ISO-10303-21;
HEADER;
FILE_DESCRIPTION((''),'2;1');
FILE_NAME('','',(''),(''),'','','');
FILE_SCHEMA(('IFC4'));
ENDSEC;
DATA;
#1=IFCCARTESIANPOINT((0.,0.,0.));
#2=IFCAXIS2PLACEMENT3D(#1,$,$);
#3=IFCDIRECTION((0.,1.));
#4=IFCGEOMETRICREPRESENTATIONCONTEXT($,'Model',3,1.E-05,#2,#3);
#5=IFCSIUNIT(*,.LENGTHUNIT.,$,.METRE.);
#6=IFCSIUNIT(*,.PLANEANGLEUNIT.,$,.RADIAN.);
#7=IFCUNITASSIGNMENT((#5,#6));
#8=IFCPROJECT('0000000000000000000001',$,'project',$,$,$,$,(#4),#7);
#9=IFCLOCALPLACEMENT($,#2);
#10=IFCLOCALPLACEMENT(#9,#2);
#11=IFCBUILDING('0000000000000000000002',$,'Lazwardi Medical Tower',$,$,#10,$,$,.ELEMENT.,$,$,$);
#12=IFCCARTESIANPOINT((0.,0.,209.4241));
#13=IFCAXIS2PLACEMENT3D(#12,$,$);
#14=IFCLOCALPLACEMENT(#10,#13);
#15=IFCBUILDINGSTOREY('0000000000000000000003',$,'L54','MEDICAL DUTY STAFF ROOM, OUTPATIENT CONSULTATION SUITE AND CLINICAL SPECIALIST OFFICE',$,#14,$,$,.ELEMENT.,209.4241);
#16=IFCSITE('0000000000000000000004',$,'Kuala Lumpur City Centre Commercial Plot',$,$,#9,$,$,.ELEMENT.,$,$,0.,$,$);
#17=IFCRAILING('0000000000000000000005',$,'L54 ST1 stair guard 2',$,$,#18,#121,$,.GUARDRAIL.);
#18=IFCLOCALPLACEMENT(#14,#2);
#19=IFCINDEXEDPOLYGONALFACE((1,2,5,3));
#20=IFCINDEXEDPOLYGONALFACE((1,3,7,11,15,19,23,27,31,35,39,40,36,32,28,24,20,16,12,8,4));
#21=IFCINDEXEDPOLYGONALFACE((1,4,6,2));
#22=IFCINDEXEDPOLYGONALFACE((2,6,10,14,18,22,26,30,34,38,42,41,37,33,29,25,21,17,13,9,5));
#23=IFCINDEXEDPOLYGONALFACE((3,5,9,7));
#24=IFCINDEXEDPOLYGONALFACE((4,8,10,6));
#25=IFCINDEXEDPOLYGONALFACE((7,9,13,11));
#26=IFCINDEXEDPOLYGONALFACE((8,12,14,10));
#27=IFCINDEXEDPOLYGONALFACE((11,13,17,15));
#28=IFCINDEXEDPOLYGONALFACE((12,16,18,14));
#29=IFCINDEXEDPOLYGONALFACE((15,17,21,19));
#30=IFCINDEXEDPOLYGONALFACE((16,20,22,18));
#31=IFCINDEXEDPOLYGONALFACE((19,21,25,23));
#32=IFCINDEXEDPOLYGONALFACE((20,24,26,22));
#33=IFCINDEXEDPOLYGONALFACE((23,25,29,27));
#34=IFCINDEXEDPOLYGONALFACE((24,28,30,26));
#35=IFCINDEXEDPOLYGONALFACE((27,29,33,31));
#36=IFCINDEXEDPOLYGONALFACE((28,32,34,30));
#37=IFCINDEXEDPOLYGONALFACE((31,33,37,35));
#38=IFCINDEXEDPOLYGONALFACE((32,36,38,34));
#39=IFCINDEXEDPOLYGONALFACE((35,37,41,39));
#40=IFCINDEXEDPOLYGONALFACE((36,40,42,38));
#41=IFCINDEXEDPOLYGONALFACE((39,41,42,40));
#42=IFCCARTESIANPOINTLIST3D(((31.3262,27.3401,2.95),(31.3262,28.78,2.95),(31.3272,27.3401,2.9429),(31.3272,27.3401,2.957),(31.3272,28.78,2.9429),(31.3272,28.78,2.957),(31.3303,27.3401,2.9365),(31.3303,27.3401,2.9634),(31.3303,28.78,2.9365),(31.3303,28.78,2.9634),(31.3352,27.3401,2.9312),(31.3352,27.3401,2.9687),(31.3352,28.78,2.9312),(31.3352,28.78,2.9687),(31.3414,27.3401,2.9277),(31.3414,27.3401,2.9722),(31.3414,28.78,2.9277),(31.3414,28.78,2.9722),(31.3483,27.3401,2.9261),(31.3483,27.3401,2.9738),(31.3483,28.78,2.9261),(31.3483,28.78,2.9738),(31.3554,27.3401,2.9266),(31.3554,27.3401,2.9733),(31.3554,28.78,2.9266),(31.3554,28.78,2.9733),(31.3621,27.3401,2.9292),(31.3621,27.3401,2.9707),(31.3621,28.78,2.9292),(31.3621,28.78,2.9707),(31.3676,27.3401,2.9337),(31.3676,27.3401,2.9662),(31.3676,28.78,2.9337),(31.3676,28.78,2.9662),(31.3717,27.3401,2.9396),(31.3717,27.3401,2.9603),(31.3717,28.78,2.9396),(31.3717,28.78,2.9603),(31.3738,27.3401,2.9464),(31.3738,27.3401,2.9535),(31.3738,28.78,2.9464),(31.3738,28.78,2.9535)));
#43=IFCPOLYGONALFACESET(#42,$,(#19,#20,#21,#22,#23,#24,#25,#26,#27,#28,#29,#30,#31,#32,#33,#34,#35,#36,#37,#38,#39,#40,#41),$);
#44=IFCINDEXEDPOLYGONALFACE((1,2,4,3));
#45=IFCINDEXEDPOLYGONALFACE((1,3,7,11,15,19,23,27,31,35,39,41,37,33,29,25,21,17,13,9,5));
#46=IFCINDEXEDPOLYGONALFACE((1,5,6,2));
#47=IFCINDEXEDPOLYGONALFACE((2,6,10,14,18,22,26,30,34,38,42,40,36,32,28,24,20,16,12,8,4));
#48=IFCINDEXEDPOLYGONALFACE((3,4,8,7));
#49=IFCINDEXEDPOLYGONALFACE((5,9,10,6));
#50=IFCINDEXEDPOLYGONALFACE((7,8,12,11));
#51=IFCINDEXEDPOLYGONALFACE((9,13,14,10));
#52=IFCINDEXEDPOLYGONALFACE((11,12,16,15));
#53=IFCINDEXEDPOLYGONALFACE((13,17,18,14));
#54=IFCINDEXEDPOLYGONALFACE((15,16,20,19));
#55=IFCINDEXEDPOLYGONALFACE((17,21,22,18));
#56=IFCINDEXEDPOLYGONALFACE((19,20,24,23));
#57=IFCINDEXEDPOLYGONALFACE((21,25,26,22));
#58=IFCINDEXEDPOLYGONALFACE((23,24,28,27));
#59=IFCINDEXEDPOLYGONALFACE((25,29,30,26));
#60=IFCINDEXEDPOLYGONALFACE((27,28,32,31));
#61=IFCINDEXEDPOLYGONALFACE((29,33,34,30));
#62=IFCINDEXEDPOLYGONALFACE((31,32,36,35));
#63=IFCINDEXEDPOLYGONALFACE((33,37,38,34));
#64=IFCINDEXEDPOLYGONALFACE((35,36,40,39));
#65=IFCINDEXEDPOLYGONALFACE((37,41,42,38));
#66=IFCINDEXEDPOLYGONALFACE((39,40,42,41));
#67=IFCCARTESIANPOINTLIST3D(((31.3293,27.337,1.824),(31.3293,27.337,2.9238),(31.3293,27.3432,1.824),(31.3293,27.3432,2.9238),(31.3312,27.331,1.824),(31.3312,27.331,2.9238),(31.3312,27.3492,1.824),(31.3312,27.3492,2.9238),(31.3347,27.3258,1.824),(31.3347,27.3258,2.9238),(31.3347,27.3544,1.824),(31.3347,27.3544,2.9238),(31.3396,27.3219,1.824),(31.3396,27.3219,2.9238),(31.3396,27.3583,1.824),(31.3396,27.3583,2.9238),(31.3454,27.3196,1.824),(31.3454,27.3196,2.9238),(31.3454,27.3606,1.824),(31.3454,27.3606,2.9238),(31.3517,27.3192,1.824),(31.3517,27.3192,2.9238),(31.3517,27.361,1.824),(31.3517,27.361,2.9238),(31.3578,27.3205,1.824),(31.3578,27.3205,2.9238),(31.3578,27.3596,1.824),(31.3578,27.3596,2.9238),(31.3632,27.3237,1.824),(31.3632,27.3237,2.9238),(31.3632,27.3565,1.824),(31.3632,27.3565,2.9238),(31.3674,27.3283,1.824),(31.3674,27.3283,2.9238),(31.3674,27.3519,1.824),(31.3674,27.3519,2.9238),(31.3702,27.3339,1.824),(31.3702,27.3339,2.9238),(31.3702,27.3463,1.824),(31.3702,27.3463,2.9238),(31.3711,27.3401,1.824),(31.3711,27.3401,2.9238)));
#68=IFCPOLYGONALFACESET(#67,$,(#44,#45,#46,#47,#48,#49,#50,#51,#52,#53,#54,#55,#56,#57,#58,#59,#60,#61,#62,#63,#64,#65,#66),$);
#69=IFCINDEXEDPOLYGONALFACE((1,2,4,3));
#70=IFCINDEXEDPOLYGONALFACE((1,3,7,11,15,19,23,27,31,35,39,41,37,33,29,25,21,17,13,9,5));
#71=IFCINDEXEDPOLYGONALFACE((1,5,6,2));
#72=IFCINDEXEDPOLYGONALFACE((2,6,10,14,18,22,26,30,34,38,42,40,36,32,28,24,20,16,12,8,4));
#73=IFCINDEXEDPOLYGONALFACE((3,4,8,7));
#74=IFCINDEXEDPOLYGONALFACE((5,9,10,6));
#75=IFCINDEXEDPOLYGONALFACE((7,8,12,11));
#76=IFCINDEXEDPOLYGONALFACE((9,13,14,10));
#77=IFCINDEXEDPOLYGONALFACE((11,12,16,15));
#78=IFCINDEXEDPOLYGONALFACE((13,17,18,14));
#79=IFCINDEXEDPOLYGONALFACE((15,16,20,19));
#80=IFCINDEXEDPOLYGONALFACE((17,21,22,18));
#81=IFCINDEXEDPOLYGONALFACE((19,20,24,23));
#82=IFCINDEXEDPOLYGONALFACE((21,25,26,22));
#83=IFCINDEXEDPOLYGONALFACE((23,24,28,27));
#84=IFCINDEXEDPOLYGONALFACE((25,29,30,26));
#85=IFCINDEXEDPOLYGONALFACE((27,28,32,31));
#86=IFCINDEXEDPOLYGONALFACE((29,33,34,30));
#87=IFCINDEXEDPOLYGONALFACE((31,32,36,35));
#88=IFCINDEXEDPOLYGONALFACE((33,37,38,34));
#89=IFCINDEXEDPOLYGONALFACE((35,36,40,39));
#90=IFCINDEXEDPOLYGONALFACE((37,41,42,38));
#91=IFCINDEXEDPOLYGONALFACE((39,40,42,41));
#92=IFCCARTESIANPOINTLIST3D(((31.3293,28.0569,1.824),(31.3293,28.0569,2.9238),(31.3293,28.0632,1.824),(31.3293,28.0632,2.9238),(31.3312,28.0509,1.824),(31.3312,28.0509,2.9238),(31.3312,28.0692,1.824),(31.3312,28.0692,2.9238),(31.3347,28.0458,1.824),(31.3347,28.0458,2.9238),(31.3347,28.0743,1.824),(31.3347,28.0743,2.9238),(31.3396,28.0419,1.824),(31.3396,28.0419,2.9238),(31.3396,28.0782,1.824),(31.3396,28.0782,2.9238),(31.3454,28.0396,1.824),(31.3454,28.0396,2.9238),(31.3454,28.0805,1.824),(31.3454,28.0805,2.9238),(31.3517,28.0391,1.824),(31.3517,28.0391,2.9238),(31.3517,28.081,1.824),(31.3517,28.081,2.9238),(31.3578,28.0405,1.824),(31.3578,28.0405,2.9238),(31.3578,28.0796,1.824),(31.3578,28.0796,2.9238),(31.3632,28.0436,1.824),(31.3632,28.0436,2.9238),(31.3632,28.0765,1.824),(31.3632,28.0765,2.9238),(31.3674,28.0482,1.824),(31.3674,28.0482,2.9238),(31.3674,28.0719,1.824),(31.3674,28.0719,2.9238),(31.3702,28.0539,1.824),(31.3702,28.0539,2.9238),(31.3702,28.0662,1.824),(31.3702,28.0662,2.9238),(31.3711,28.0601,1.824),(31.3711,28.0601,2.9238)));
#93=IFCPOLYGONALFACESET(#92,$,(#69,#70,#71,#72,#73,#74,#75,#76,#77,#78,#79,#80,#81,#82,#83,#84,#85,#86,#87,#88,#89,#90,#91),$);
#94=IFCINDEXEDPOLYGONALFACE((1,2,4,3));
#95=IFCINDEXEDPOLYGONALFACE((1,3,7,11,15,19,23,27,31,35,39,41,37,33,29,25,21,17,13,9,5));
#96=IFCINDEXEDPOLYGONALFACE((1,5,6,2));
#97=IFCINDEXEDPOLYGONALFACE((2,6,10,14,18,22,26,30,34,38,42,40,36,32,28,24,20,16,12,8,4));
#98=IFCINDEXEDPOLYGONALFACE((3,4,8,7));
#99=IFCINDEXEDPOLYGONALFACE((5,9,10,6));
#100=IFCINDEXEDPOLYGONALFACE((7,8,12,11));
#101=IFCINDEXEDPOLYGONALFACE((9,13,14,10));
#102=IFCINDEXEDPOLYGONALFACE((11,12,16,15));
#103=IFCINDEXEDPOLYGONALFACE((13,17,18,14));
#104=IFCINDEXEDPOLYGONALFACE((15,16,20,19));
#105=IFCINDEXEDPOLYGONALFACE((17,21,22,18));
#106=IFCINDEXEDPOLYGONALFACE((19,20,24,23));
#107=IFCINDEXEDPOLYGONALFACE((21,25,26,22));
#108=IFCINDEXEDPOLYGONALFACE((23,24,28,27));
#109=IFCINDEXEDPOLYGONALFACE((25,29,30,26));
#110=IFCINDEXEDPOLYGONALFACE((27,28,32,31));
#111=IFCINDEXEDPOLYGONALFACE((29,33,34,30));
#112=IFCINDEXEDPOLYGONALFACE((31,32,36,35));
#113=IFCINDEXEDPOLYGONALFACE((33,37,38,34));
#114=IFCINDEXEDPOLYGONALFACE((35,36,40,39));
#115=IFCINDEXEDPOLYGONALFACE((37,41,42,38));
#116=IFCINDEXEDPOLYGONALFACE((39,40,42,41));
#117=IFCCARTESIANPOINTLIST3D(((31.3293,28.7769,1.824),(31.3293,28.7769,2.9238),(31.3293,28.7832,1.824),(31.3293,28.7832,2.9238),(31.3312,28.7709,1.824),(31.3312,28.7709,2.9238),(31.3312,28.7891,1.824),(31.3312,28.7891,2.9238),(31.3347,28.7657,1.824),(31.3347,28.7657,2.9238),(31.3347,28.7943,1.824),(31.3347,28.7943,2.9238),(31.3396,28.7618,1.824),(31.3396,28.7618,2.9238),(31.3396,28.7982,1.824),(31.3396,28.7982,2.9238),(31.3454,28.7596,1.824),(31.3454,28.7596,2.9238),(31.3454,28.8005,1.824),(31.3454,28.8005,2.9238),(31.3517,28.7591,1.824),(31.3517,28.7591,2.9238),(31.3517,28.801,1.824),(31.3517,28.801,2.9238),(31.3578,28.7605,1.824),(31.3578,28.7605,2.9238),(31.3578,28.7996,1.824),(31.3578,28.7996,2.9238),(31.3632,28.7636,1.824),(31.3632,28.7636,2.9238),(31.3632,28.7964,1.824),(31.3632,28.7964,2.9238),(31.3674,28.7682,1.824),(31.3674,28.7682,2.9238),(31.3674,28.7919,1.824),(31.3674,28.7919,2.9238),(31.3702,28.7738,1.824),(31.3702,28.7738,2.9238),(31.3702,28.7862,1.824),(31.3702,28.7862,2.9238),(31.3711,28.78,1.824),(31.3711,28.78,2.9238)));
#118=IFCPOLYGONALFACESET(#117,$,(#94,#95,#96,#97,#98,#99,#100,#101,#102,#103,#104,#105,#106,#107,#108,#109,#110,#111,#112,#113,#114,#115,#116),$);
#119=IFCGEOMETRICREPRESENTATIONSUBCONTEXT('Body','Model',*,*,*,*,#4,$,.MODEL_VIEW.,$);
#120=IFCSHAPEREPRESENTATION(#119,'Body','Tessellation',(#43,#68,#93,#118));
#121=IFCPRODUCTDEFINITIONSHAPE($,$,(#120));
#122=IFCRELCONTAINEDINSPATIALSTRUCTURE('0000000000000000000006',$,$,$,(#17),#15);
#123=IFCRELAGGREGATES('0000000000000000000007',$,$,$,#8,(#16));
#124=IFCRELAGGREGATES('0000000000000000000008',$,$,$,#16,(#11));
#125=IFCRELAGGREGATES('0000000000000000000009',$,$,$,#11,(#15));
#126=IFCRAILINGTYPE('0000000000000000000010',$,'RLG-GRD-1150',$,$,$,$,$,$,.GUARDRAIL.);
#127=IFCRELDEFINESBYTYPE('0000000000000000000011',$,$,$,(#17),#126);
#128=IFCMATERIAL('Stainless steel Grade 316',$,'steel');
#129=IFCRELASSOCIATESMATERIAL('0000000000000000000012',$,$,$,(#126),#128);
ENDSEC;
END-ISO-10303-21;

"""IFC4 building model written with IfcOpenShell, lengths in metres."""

from ifc_helpers import new_model, si_unit, direction, frame, origin, origin_2d, place, context, subcontext, project, spatial, circle, extrude, material, type_object, element, save


model = new_model("IFC4")

# Units and contexts
model_context = context("Model", 3, precision=1e-05, world=origin(), true_north=direction((0.0, 1.0)))
body_context = subcontext(model_context, "Body", "Model", "MODEL_VIEW")
ifc_project = project(units=[si_unit("LENGTHUNIT", "METRE"), si_unit("PLANEANGLEUNIT", "RADIAN")], contexts=[model_context])

# Site, building, storey
site_placement = place(None, origin())
site = spatial("IfcSite", under=ifc_project, at=site_placement, Name="Kuala Lumpur City Centre Commercial Plot", CompositionType="ELEMENT", RefElevation=0.0)
building_placement = place(site_placement, origin())
building = spatial("IfcBuilding", under=site, at=building_placement, Name="Lazwardi Medical Tower", CompositionType="ELEMENT")
storey_placement = place(building_placement, frame((0.0, 0.0, 209.4241)))
storey = spatial("IfcBuildingStorey", under=building, at=storey_placement, Name="L54", Description="MEDICAL DUTY STAFF ROOM, OUTPATIENT CONSULTATION SUITE AND CLINICAL SPECIALIST OFFICE", CompositionType="ELEMENT", Elevation=209.4241)

# Railing
ifc_material_1 = material(Name="Stainless steel Grade 316", Category="steel")
railing_type_1 = type_object("IfcRailingType", Name="RLG-GRD-1150", PredefinedType="GUARDRAIL", material=ifc_material_1)
railing_1_placement = place(storey_placement, frame((31.3501, 27.3401, 1.824)))
element("IfcRailing", 1, at=railing_1_placement, inside=storey, type_object=railing_type_1, Name="L54 ST1 stair guard 2", PredefinedType="GUARDRAIL", context=body_context, shape_type="SweptSolid", body=[
    extrude(circle(Radius=0.0239, at=origin_2d()), frame((0.0, 0.0, 1.126), z_axis=(0.0, 1.0, 0.0), x_axis=(-1.0, 0.0, 0.0)), (0.0, 0.0, 1.0), 1.4399),
    extrude(circle(Radius=0.021, at=origin_2d()), origin(), (0.0, 0.0, 1.0), 1.0999),
    extrude(circle(Radius=0.021, at=origin_2d()), frame((0.0, 0.72, 0.0)), (0.0, 0.0, 1.0), 1.0999),
    extrude(circle(Radius=0.021, at=origin_2d()), frame((0.0, 1.4399, 0.0)), (0.0, 0.0, 1.0), 1.0999),
])

save(model, "model.ifc")
